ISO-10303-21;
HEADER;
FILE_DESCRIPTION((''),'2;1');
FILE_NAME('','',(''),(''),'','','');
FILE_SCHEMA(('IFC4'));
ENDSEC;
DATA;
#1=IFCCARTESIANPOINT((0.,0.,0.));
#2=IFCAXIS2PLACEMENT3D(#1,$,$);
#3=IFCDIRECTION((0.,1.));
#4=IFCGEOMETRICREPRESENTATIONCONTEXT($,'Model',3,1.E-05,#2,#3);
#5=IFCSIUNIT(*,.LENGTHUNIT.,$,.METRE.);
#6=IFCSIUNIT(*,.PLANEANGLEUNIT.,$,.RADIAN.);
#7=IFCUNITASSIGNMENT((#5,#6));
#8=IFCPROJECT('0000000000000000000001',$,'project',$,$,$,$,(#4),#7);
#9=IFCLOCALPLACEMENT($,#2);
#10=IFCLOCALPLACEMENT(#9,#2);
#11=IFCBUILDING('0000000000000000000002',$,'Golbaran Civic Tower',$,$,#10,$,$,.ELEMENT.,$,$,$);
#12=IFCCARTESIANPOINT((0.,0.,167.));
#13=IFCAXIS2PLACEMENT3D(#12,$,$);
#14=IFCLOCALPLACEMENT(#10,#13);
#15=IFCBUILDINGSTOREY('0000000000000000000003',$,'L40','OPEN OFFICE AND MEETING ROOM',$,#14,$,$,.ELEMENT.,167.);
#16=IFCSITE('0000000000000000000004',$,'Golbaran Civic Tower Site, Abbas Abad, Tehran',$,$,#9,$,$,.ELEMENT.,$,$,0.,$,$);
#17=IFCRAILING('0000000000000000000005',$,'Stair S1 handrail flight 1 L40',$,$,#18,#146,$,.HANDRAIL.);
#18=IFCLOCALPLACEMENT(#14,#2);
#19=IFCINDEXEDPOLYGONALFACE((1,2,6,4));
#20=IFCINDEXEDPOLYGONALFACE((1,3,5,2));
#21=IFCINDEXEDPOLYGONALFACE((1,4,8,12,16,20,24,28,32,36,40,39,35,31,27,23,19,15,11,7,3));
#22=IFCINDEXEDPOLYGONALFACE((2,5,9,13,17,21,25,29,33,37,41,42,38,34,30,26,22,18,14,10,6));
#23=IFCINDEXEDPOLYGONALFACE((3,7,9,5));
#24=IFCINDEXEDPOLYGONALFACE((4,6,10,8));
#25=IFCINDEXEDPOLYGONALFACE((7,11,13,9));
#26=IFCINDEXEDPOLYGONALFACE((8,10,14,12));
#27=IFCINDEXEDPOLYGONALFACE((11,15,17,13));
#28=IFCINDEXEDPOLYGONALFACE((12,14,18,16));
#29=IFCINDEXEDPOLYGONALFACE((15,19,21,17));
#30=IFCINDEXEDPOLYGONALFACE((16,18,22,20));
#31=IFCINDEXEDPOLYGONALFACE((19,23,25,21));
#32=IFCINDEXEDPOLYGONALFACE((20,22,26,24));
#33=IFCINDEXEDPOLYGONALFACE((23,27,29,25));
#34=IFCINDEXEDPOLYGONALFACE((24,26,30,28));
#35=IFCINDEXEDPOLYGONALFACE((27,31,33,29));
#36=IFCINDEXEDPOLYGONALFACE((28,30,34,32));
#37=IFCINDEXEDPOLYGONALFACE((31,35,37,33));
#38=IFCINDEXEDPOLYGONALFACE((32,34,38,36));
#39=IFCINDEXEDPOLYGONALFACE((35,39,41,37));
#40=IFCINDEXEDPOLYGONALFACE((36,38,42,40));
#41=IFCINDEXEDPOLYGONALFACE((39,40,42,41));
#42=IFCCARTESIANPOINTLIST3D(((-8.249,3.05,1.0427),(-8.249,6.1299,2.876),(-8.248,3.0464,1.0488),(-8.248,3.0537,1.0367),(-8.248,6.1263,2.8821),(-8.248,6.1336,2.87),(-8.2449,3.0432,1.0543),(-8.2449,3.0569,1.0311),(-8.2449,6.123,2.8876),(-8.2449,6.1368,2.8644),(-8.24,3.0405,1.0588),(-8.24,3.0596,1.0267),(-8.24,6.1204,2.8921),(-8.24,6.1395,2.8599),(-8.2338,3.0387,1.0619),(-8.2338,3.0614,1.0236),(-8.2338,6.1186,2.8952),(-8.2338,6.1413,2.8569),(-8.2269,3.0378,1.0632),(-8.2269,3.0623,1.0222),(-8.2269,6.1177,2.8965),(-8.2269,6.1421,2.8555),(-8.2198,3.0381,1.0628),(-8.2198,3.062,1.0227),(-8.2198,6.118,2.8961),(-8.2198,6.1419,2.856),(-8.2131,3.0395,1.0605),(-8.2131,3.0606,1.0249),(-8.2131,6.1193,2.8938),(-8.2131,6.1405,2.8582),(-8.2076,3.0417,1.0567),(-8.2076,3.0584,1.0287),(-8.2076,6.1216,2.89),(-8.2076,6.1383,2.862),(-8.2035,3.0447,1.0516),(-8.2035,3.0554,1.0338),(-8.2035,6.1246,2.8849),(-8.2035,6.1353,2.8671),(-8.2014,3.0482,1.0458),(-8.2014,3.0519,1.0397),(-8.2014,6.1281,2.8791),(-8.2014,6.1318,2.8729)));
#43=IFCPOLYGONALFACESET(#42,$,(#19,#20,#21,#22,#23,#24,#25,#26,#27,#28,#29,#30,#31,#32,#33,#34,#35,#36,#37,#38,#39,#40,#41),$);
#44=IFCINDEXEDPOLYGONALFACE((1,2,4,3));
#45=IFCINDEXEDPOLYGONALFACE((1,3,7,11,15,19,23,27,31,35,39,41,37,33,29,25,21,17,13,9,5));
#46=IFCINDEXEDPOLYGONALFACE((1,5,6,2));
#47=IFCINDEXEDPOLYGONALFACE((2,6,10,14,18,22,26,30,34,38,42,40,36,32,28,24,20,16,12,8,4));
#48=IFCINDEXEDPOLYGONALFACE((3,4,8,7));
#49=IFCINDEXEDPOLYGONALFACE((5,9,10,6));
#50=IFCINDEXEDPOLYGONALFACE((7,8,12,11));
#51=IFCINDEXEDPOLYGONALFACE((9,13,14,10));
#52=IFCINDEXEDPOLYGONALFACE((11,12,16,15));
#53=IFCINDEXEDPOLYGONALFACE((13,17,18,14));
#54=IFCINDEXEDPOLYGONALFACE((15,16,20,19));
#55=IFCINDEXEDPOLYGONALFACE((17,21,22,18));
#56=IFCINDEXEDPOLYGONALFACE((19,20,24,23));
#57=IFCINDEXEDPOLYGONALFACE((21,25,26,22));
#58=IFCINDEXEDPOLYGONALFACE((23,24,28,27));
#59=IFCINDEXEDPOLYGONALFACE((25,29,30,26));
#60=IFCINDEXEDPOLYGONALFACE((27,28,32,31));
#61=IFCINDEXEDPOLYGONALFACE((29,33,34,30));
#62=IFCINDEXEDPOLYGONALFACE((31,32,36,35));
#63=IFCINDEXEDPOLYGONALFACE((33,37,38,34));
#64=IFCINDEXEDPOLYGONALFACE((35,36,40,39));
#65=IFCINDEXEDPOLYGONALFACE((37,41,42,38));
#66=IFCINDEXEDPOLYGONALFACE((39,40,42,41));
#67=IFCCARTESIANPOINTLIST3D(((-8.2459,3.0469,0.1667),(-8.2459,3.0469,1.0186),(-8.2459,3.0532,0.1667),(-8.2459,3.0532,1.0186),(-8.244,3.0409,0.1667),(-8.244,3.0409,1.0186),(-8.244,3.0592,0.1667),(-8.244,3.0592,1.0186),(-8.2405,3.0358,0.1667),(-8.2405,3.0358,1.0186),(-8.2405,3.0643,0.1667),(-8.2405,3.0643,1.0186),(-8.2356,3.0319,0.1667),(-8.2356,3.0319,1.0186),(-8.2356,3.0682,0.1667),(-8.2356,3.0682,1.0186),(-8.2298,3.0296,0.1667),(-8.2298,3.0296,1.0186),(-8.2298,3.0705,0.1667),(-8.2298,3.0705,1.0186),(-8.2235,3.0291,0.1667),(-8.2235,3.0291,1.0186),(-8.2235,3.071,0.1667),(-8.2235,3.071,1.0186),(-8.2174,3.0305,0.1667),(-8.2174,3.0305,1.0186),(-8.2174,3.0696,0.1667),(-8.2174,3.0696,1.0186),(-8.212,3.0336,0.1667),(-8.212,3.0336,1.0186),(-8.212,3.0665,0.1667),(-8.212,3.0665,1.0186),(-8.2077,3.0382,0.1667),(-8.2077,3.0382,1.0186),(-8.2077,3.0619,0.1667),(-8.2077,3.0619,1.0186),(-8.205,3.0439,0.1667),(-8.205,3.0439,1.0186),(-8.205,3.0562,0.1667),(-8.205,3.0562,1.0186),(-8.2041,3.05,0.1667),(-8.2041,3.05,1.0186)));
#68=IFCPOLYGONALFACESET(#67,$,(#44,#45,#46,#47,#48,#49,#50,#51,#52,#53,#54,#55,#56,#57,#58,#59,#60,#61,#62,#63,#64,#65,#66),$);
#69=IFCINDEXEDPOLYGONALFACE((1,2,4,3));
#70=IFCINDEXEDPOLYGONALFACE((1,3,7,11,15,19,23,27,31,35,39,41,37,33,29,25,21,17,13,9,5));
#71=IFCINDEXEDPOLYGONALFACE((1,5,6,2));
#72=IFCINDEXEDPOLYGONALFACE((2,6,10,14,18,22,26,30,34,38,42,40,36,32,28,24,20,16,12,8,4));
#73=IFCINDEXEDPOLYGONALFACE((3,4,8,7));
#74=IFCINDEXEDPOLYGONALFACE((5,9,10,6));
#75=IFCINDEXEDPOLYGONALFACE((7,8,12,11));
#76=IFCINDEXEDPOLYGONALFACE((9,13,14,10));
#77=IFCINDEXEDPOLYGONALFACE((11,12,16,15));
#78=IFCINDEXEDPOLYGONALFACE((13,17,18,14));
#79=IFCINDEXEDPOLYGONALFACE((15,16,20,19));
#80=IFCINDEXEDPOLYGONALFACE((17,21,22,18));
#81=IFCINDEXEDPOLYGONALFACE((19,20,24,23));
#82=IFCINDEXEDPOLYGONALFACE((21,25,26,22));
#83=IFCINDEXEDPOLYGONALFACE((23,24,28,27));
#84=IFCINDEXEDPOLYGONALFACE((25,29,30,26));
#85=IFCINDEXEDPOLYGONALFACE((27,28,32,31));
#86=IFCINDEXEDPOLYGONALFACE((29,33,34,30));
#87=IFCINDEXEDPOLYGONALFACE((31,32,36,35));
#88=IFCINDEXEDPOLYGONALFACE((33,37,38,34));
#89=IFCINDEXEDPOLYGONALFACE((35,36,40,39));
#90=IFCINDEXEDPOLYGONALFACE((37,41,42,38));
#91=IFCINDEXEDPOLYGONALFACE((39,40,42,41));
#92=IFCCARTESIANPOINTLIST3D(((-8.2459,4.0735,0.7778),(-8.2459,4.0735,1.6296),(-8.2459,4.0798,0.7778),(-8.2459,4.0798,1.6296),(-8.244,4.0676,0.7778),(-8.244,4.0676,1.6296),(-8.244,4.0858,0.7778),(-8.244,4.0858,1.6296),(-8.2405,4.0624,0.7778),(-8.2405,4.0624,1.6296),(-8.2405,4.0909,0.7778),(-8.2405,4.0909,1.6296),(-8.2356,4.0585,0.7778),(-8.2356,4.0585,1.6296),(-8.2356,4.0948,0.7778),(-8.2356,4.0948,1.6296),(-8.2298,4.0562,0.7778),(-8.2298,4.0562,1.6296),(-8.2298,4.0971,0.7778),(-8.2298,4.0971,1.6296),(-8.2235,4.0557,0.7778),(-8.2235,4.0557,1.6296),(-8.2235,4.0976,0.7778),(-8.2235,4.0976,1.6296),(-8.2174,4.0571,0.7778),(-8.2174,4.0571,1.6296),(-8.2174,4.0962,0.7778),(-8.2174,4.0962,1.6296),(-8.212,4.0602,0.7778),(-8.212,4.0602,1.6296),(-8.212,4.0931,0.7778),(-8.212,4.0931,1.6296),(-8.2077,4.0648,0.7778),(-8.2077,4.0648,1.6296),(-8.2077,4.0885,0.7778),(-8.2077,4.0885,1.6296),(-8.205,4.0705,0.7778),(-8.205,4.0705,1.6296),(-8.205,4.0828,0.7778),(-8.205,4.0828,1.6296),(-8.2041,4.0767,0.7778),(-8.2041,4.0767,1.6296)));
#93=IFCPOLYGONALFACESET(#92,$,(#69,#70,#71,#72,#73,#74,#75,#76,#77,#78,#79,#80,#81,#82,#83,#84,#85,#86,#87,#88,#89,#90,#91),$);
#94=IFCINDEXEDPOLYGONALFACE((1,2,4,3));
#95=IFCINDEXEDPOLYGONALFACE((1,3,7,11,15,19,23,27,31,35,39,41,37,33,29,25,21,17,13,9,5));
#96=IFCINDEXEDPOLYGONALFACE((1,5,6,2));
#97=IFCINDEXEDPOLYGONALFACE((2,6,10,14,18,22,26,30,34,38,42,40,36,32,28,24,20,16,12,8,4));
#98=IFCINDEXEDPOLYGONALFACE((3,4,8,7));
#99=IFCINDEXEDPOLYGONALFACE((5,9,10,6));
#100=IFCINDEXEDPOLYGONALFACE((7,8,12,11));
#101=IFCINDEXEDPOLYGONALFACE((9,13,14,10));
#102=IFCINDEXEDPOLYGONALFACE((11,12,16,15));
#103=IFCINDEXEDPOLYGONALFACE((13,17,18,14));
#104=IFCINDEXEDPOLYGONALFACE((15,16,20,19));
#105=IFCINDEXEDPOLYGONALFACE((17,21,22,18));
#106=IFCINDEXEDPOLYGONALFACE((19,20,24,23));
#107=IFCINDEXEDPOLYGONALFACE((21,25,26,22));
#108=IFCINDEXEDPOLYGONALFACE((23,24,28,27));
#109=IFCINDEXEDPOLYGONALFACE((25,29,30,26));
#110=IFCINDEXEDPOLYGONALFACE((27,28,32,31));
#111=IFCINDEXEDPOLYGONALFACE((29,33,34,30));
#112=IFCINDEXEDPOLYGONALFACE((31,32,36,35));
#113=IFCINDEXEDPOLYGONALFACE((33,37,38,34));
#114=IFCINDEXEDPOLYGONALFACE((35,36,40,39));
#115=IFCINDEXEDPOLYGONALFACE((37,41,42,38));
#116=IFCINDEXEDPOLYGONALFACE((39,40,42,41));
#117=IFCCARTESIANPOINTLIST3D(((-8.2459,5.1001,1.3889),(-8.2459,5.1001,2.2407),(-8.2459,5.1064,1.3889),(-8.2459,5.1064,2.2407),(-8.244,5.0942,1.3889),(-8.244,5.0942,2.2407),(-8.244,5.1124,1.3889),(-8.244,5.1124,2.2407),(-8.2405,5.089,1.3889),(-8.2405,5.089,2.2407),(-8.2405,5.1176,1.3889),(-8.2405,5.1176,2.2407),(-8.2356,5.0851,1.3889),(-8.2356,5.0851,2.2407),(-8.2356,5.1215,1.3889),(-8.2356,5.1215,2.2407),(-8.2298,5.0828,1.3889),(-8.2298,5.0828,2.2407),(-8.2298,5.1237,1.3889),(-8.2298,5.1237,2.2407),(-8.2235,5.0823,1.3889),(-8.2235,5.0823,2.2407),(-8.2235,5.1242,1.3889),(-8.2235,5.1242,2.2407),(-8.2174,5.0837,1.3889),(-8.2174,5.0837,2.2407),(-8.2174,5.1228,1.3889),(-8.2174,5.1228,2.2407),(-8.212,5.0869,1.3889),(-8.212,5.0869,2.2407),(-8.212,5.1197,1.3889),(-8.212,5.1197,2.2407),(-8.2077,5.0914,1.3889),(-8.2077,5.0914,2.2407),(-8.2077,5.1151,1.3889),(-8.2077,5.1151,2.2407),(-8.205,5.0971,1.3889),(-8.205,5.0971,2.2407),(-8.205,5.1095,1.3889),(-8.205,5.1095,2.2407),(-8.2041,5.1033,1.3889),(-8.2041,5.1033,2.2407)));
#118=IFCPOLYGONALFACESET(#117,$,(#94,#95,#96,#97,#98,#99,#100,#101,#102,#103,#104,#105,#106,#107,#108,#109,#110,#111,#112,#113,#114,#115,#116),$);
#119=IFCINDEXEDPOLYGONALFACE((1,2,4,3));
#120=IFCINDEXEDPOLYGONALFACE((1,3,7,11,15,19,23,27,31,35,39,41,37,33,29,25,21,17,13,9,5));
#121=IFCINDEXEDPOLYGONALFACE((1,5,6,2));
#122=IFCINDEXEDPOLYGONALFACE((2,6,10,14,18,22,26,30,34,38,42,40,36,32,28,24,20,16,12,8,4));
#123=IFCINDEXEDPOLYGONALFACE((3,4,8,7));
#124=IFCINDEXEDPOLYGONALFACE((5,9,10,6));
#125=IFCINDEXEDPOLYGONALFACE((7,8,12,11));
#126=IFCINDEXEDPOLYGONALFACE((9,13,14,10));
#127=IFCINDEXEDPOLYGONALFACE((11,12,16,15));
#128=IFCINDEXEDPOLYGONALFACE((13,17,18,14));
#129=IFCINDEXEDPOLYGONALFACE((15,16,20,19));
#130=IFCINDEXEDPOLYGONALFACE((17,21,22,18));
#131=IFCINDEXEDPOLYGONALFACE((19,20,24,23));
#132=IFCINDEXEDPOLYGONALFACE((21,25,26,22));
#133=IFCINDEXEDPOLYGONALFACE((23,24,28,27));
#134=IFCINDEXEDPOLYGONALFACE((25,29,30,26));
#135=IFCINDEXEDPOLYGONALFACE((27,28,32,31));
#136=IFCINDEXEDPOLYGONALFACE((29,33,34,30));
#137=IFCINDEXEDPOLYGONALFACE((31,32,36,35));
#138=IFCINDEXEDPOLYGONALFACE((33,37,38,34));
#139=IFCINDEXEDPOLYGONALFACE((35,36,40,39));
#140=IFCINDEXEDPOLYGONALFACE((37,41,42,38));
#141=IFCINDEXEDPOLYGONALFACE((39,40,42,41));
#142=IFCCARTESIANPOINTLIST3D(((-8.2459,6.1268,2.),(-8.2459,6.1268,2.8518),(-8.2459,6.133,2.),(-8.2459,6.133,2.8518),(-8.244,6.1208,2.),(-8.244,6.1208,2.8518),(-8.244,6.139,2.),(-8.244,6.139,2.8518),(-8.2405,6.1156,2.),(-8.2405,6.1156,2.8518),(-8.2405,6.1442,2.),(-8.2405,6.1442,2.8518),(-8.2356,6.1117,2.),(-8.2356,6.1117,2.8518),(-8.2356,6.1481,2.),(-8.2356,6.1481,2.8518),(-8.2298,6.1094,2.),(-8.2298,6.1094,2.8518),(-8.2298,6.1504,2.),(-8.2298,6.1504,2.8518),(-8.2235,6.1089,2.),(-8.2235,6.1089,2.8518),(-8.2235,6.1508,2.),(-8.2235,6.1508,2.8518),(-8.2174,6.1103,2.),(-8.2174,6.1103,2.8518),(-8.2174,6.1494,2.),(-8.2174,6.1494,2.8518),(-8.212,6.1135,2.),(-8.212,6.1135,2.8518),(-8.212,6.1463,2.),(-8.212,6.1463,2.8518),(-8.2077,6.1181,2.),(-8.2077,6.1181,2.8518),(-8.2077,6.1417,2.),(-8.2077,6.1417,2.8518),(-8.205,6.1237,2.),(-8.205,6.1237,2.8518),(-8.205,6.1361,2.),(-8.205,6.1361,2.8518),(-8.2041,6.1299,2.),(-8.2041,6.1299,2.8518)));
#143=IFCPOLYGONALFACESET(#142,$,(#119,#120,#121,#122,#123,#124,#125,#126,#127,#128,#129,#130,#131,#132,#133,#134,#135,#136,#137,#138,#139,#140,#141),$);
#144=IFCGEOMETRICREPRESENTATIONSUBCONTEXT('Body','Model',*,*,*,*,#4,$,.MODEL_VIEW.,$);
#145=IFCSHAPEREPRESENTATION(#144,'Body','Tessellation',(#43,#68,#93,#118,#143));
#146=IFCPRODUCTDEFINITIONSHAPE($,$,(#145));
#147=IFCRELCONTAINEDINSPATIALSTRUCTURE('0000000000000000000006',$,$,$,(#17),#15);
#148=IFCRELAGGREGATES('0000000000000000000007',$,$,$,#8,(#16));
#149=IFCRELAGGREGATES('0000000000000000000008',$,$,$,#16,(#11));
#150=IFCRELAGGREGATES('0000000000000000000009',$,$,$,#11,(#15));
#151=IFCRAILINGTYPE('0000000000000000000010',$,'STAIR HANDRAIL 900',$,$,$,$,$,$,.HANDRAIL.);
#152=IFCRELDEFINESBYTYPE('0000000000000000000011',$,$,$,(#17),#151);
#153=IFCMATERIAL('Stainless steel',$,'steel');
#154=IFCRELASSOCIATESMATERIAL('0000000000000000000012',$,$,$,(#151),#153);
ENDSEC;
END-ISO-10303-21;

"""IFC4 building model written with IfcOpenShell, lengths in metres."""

from ifc_helpers import new_model, si_unit, direction, frame, origin, origin_2d, place, context, subcontext, project, spatial, circle, extrude, material, type_object, element, save


model = new_model("IFC4")

# Units and contexts
model_context = context("Model", 3, precision=1e-05, world=origin(), true_north=direction((0.0, 1.0)))
body_context = subcontext(model_context, "Body", "Model", "MODEL_VIEW")
ifc_project = project(units=[si_unit("LENGTHUNIT", "METRE"), si_unit("PLANEANGLEUNIT", "RADIAN")], contexts=[model_context])

# Site, building, storey
site_placement = place(None, origin())
site = spatial("IfcSite", under=ifc_project, at=site_placement, Name="Golbaran Civic Tower Site, Abbas Abad, Tehran", CompositionType="ELEMENT", RefElevation=0.0)
building_placement = place(site_placement, origin())
building = spatial("IfcBuilding", under=site, at=building_placement, Name="Golbaran Civic Tower", CompositionType="ELEMENT")
storey_placement = place(building_placement, frame((0.0, 0.0, 167.0)))
storey = spatial("IfcBuildingStorey", under=building, at=storey_placement, Name="L40", Description="OPEN OFFICE AND MEETING ROOM", CompositionType="ELEMENT", Elevation=167.0)

# Shared definitions
ifc_material_1 = material(Name="Stainless steel", Category="steel")

# Railing
railing_type = type_object("IfcRailingType", Name="STAIR HANDRAIL 900", PredefinedType="HANDRAIL", material=ifc_material_1)
railing_1_placement = place(storey_placement, frame((-8.2251, 3.05, 0.1667)))
element("IfcRailing", 1, at=railing_1_placement, inside=storey, type_object=railing_type, Name="Stair S1 handrail flight 1 L40", PredefinedType="HANDRAIL", context=body_context, shape_type="SweptSolid", body=[
    extrude(circle(Radius=0.0239, at=origin_2d()), frame((0.0, 0.0, 0.876), z_axis=(0.0, 0.859291, 0.511487), x_axis=(-1.0, 0.0, 0.0)), (0.0, 0.0, 1.0), 3.5842),
    extrude(circle(Radius=0.021, at=origin_2d()), origin(), (0.0, 0.0, 1.0), 0.8518),
    extrude(circle(Radius=0.021, at=origin_2d()), frame((0.0, 1.0266, 0.6111)), (0.0, 0.0, 1.0), 0.8518),
    extrude(circle(Radius=0.021, at=origin_2d()), frame((0.0, 2.0532, 1.2222)), (0.0, 0.0, 1.0), 0.8518),
    extrude(circle(Radius=0.021, at=origin_2d()), frame((0.0, 3.0798, 1.8333)), (0.0, 0.0, 1.0), 0.8518),
])

save(model, "model.ifc")
